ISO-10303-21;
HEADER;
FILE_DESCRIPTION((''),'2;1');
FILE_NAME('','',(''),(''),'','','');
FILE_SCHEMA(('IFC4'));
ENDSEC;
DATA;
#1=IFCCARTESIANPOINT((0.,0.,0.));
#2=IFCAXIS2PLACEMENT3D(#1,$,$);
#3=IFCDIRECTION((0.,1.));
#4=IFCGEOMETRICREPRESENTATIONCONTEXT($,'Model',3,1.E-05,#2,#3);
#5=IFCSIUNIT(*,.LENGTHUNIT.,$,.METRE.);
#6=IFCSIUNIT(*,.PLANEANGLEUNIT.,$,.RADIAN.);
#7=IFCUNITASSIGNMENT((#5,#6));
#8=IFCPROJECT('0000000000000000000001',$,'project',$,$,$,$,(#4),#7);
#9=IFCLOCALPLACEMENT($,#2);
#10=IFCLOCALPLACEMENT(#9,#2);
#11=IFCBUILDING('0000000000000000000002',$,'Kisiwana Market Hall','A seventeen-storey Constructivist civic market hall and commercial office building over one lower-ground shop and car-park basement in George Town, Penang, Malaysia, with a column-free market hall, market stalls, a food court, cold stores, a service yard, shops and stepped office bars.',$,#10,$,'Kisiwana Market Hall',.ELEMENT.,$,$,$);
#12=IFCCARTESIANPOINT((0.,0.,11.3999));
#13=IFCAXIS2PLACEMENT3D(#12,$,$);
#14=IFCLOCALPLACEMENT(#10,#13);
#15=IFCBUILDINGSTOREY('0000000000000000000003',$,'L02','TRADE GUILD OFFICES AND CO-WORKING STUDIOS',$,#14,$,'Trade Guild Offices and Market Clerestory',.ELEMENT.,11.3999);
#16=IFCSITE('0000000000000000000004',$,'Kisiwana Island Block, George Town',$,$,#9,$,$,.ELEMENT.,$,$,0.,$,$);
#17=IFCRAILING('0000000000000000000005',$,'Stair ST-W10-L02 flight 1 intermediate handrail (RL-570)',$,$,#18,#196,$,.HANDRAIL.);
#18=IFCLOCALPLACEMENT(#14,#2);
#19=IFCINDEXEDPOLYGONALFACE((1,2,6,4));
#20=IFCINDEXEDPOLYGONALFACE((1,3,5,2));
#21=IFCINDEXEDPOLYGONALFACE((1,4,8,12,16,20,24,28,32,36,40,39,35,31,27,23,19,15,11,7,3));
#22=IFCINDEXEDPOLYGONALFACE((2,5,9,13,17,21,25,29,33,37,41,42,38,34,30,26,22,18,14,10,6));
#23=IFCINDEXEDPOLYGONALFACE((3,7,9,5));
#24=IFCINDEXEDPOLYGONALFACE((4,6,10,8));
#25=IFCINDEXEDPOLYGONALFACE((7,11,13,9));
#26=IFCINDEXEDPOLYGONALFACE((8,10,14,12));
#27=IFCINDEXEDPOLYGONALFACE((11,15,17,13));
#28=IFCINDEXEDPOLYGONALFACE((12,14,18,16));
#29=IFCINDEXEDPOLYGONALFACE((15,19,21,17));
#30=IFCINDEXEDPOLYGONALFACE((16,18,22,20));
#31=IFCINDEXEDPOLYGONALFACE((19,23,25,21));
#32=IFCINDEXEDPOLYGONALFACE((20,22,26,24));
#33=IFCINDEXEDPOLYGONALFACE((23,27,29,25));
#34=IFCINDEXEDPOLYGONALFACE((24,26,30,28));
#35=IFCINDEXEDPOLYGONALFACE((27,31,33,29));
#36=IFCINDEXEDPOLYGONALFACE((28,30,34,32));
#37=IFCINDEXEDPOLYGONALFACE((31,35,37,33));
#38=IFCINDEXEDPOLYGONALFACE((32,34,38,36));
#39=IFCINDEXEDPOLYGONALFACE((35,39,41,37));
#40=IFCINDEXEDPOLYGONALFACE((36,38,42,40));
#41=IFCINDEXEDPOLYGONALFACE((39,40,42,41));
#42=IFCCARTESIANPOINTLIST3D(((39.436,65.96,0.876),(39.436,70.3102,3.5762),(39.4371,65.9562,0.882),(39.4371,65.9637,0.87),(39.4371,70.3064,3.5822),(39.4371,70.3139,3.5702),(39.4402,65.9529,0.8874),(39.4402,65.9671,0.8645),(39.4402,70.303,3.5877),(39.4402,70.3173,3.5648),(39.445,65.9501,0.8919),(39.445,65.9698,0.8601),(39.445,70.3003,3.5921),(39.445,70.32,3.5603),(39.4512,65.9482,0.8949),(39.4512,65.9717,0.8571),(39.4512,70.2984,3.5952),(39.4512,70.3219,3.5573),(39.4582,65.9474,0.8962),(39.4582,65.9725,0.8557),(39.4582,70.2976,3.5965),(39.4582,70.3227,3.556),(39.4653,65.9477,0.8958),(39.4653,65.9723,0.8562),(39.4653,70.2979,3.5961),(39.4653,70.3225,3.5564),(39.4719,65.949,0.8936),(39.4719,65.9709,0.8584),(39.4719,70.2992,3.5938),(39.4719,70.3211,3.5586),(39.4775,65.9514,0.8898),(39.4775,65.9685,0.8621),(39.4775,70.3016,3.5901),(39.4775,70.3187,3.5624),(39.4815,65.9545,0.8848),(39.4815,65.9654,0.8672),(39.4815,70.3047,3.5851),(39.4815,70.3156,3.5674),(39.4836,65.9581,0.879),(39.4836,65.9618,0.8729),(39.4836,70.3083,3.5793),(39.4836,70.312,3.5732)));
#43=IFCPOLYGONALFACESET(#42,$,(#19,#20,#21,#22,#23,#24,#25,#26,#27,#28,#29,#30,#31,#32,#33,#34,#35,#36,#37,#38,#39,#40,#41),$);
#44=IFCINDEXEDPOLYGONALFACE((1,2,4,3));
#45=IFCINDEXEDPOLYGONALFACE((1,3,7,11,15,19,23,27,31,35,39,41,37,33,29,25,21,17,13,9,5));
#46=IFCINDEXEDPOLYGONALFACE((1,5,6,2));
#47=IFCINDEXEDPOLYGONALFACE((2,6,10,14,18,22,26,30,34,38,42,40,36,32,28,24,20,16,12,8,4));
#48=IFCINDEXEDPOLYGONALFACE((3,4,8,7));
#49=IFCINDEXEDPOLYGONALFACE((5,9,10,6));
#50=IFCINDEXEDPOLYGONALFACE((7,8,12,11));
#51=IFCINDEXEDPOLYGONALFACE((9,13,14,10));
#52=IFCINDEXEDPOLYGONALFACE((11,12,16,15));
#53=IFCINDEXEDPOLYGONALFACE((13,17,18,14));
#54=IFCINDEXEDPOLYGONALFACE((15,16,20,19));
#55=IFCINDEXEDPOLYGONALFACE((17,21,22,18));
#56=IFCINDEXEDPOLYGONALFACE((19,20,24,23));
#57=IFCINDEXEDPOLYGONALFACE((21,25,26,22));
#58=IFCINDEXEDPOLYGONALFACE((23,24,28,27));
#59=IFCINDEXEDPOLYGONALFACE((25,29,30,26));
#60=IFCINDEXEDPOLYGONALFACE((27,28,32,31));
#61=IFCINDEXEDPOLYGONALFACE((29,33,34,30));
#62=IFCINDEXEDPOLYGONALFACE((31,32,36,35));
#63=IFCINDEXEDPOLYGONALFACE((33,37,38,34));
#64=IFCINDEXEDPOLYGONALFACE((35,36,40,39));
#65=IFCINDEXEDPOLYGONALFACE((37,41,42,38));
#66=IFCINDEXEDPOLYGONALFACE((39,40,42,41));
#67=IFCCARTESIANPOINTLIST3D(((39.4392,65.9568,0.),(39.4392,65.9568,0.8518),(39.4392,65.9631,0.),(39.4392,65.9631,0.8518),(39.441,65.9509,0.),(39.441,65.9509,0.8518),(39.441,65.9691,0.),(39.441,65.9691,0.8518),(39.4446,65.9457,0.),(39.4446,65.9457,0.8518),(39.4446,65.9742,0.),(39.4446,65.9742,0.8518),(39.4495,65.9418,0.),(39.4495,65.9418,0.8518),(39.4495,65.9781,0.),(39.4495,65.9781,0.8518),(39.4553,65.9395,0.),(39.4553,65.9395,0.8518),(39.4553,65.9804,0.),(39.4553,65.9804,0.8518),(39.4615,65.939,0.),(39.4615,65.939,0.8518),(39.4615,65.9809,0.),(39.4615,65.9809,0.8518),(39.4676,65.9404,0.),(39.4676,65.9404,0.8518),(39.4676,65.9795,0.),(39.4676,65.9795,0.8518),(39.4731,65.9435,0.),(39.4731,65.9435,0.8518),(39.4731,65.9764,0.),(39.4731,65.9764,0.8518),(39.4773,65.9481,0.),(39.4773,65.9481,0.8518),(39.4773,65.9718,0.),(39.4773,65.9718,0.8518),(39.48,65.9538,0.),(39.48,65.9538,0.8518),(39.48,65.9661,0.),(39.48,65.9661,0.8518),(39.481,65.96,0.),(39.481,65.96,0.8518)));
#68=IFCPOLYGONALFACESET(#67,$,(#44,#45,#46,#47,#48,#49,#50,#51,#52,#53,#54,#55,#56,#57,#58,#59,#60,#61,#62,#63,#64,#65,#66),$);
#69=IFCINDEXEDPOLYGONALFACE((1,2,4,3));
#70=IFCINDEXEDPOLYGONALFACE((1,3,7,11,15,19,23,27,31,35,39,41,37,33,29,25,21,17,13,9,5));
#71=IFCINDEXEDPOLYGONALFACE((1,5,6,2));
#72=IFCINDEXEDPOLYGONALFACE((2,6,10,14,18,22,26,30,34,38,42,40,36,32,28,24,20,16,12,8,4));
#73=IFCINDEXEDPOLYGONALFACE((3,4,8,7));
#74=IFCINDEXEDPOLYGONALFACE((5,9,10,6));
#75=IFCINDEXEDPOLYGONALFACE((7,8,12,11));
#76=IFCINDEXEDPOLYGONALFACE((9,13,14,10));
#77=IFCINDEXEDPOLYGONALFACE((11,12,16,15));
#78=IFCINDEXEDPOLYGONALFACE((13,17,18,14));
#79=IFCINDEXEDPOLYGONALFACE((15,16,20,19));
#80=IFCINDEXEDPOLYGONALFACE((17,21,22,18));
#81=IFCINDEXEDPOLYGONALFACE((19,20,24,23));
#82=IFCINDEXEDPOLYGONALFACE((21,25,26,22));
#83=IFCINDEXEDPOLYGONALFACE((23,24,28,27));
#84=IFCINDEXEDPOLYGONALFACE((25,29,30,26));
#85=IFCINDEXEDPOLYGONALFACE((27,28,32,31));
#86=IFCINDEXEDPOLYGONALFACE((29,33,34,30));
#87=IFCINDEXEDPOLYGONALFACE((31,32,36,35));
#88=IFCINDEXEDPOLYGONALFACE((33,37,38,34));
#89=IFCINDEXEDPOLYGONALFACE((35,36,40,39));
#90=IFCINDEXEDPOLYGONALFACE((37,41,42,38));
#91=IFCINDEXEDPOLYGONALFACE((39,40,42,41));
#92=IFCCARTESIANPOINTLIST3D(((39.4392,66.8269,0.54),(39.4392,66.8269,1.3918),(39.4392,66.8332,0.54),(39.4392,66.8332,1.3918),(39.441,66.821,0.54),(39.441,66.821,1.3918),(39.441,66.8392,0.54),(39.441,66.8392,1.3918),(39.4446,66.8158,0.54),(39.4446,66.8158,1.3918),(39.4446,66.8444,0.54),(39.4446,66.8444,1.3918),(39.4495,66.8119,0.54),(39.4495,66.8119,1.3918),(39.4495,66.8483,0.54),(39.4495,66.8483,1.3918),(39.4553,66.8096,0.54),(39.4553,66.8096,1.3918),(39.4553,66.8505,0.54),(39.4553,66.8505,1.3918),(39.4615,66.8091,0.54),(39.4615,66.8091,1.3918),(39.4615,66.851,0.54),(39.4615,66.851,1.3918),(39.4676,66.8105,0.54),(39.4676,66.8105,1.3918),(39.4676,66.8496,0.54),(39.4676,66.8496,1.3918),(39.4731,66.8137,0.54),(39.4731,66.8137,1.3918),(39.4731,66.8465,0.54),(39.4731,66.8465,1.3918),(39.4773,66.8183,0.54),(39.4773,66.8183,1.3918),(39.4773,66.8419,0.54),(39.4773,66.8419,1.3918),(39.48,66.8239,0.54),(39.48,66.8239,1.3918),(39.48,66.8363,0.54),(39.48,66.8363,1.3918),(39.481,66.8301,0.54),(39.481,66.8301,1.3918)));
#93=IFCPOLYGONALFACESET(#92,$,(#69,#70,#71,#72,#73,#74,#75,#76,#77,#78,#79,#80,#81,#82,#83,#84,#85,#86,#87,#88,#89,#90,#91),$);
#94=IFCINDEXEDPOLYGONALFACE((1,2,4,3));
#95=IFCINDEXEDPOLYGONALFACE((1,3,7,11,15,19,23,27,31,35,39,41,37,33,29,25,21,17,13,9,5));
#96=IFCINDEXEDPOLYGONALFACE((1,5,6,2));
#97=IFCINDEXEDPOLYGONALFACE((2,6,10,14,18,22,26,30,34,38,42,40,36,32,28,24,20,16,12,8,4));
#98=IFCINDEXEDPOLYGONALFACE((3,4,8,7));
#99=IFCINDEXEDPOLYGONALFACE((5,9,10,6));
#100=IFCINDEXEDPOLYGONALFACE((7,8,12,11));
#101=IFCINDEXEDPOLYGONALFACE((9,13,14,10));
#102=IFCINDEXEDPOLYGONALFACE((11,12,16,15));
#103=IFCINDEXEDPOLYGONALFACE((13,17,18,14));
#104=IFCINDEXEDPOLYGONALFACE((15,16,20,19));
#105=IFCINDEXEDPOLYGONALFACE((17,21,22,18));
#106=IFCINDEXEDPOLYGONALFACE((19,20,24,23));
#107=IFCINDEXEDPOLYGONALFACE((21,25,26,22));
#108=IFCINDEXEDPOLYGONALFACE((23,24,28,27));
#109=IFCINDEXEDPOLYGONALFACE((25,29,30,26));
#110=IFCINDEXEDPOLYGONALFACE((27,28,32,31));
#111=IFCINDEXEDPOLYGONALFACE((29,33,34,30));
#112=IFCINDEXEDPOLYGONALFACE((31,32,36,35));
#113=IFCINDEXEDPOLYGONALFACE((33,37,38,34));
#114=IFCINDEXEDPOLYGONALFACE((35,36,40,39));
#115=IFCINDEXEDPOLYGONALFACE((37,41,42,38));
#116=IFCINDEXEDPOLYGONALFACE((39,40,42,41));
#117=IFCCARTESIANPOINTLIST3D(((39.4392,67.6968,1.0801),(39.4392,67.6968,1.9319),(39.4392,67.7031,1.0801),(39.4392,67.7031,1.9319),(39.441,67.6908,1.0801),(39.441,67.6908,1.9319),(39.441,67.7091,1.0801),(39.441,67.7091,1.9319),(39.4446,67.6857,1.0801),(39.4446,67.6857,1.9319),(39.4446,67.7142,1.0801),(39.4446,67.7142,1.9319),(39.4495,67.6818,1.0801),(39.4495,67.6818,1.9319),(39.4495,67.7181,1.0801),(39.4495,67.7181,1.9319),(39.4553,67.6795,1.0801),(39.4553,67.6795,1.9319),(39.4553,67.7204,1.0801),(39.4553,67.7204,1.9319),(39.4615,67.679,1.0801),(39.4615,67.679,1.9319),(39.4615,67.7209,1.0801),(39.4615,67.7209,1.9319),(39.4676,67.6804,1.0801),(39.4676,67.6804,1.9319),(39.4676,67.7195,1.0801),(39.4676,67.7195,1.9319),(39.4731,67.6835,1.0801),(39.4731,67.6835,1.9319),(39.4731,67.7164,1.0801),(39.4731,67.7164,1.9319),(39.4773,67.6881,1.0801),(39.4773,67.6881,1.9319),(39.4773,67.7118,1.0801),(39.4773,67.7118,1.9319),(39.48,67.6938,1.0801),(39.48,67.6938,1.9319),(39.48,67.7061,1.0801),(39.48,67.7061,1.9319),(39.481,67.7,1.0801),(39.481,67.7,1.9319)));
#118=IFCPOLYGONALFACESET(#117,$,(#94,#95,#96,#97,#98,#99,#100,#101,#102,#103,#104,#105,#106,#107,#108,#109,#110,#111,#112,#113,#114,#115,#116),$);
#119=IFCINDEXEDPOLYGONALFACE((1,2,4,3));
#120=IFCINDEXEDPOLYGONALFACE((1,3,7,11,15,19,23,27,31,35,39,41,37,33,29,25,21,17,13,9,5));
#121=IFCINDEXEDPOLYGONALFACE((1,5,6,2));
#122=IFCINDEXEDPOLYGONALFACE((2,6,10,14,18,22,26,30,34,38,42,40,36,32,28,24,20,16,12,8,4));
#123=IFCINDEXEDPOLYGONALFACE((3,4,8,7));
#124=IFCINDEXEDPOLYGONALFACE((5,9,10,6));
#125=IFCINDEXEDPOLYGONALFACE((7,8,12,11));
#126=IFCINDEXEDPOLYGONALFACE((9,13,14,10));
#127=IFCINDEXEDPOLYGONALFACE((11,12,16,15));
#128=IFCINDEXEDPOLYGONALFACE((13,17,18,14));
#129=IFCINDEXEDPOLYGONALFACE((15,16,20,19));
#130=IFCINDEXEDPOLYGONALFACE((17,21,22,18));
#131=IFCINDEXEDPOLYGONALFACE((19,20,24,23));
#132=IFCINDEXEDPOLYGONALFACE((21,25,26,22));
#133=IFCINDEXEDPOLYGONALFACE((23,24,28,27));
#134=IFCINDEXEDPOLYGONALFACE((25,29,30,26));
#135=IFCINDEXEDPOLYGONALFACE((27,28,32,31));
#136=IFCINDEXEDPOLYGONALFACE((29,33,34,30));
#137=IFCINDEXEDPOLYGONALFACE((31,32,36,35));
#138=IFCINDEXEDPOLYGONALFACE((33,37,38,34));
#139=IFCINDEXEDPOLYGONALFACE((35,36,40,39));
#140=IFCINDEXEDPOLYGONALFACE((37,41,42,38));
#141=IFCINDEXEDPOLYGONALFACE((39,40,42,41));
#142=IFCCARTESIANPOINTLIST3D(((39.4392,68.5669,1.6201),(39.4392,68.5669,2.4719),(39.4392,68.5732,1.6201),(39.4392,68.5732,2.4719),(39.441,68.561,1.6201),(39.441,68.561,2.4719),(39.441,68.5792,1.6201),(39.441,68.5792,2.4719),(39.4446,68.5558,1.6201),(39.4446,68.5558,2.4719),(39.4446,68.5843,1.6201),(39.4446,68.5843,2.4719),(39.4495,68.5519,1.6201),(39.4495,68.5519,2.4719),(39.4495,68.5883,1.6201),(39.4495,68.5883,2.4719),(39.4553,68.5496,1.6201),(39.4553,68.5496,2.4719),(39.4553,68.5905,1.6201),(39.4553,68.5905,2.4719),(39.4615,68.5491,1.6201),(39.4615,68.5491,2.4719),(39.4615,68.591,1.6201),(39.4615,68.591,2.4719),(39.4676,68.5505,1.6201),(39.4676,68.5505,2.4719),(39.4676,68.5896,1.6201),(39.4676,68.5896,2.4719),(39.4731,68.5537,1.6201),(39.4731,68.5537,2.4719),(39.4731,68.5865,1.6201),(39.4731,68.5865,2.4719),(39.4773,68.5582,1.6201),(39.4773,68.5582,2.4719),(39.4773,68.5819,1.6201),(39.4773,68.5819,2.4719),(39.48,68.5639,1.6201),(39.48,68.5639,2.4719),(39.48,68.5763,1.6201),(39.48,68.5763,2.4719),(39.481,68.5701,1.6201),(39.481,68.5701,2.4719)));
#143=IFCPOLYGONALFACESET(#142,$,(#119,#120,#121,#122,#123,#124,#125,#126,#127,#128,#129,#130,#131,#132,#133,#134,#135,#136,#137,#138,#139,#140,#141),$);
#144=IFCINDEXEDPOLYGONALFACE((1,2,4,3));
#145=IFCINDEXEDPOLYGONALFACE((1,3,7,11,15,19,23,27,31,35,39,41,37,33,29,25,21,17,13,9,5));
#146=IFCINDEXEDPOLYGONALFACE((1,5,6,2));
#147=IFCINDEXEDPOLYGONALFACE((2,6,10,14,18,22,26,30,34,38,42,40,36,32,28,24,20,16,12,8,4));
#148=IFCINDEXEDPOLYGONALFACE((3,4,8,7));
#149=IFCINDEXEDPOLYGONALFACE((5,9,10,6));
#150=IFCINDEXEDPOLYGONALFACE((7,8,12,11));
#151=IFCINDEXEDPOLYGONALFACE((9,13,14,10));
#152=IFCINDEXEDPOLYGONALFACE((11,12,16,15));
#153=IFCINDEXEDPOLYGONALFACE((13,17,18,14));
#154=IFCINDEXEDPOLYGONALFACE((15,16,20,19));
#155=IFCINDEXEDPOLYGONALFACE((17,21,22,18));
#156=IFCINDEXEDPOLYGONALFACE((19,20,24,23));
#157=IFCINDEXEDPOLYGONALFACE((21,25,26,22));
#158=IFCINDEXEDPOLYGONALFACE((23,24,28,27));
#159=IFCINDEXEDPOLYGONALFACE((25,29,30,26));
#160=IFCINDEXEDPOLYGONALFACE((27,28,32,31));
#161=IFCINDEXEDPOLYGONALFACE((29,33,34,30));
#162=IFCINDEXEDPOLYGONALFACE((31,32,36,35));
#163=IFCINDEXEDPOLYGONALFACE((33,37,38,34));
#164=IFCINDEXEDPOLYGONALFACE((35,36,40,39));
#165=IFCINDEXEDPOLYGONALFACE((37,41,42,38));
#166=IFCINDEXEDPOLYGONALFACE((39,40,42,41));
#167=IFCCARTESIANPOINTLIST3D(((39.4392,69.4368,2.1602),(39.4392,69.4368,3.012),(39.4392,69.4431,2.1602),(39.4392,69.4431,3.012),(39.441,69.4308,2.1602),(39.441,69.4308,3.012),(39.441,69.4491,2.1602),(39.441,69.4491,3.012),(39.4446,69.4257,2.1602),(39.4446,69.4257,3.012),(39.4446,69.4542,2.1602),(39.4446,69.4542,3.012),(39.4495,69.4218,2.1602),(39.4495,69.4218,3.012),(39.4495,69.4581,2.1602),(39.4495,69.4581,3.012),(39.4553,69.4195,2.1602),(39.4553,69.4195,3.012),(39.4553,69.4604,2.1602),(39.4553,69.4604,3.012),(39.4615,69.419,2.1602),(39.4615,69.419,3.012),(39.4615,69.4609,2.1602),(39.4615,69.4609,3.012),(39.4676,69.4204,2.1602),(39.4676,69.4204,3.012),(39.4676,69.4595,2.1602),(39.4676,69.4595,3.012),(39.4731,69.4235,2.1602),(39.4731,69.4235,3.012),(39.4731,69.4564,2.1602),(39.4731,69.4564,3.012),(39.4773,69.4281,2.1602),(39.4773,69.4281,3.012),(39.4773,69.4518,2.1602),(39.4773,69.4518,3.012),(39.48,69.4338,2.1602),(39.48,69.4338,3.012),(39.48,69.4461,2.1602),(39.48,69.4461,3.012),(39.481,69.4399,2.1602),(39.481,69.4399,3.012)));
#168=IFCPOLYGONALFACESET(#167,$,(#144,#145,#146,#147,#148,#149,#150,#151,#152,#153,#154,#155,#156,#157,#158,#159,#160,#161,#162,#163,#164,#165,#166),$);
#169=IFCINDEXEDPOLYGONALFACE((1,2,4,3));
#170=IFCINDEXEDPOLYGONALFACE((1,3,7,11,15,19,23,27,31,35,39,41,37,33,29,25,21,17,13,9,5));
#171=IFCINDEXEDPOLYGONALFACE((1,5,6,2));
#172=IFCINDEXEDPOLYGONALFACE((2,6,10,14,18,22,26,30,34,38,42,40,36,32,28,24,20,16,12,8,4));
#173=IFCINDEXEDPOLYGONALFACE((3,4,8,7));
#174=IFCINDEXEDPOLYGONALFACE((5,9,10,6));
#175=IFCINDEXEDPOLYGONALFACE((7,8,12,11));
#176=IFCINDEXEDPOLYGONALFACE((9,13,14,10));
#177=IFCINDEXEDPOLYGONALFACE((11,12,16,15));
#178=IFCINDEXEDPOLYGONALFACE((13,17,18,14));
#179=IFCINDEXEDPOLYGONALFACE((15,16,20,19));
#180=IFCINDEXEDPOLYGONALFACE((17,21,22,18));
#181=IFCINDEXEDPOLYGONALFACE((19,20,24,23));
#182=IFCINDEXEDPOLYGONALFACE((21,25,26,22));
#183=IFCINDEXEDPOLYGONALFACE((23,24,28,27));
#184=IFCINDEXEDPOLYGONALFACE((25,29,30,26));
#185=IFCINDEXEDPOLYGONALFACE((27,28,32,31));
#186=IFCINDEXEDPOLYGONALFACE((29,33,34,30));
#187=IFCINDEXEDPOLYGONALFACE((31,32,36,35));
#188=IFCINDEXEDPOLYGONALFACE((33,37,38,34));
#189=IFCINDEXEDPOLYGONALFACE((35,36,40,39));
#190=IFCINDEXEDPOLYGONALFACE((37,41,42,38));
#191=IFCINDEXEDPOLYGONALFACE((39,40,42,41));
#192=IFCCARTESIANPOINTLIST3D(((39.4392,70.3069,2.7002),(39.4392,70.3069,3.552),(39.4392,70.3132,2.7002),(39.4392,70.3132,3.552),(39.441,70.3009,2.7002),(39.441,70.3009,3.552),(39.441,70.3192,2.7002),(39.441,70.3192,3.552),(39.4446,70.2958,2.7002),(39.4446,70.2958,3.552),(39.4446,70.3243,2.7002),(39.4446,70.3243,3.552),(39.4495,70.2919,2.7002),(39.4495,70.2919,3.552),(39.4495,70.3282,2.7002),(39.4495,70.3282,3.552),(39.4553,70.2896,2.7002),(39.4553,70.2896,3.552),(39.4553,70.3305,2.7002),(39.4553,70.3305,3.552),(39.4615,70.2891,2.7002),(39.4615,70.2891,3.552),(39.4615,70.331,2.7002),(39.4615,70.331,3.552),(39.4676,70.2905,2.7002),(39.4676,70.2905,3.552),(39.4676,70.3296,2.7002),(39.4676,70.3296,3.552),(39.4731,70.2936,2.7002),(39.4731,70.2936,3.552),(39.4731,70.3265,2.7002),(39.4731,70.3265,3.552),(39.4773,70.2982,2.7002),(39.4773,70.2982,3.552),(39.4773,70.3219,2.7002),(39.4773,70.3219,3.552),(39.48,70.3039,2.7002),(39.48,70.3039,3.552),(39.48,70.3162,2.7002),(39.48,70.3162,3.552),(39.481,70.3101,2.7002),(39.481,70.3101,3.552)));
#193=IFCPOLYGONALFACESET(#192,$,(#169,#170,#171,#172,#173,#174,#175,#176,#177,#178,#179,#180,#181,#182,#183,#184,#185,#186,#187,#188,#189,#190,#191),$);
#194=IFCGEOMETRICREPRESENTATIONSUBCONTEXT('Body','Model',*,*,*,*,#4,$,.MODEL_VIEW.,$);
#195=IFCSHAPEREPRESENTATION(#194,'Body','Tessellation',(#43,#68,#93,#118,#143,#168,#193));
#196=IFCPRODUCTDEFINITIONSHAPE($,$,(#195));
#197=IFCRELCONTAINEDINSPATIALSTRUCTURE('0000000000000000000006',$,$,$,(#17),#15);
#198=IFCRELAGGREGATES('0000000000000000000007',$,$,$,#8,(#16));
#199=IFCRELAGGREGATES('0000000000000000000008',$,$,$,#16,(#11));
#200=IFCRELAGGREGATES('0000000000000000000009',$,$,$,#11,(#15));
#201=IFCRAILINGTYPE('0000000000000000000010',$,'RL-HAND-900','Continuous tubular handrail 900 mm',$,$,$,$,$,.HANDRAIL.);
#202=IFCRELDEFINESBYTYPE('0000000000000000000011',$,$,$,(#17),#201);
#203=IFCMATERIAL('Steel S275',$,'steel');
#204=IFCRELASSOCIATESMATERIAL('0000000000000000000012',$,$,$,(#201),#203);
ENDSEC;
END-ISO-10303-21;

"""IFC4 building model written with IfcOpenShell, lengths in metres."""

from ifc_helpers import new_model, si_unit, direction, frame, origin, origin_2d, place, context, subcontext, project, spatial, circle, extrude, material, type_object, element, save


model = new_model("IFC4")

# Units and contexts
model_context = context("Model", 3, precision=1e-05, world=origin(), true_north=direction((0.0, 1.0)))
body_context = subcontext(model_context, "Body", "Model", "MODEL_VIEW")
ifc_project = project(units=[si_unit("LENGTHUNIT", "METRE"), si_unit("PLANEANGLEUNIT", "RADIAN")], contexts=[model_context])

# Site, building, storey
site_placement = place(None, origin())
site = spatial("IfcSite", under=ifc_project, at=site_placement, Name="Kisiwana Island Block, George Town", CompositionType="ELEMENT", RefElevation=0.0)
building_placement = place(site_placement, origin())
building = spatial("IfcBuilding", under=site, at=building_placement, Name="Kisiwana Market Hall", Description="A seventeen-storey Constructivist civic market hall and commercial office building over one lower-ground shop and car-park basement in George Town, Penang, Malaysia, with a column-free market hall, market stalls, a food court, cold stores, a service yard, shops and stepped office bars.", LongName="Kisiwana Market Hall", CompositionType="ELEMENT")
storey_placement = place(building_placement, frame((0.0, 0.0, 11.3999)))
storey = spatial("IfcBuildingStorey", under=building, at=storey_placement, Name="L02", Description="TRADE GUILD OFFICES AND CO-WORKING STUDIOS", LongName="Trade Guild Offices and Market Clerestory", CompositionType="ELEMENT", Elevation=11.3999)

# Railing
ifc_material_1 = material(Name="Steel S275", Category="steel")
railing_type_1 = type_object("IfcRailingType", Name="RL-HAND-900", Description="Continuous tubular handrail 900 mm", PredefinedType="HANDRAIL", material=ifc_material_1)
railing_1_placement = place(storey_placement, frame((39.46, 65.96, 0.0)))
element("IfcRailing", 1, at=railing_1_placement, inside=storey, type_object=railing_type_1, Name="Stair ST-W10-L02 flight 1 intermediate handrail (RL-570)", PredefinedType="HANDRAIL", context=body_context, shape_type="SweptSolid", body=[
    extrude(circle(Radius=0.0239, at=origin_2d()), frame((0.0, 0.0, 0.876), z_axis=(0.0, 0.849628, 0.527382), x_axis=(-1.0, 0.0, 0.0)), (0.0, 0.0, 1.0), 5.1201),
    extrude(circle(Radius=0.021, at=origin_2d()), origin(), (0.0, 0.0, 1.0), 0.8518),
    extrude(circle(Radius=0.021, at=origin_2d()), frame((0.0, 0.8701, 0.54)), (0.0, 0.0, 1.0), 0.8518),
    extrude(circle(Radius=0.021, at=origin_2d()), frame((0.0, 1.74, 1.0801)), (0.0, 0.0, 1.0), 0.8518),
    extrude(circle(Radius=0.021, at=origin_2d()), frame((0.0, 2.6101, 1.6201)), (0.0, 0.0, 1.0), 0.8518),
    extrude(circle(Radius=0.021, at=origin_2d()), frame((0.0, 3.48, 2.1602)), (0.0, 0.0, 1.0), 0.8518),
    extrude(circle(Radius=0.021, at=origin_2d()), frame((0.0, 4.3501, 2.7002)), (0.0, 0.0, 1.0), 0.8518),
])

save(model, "model.ifc")
